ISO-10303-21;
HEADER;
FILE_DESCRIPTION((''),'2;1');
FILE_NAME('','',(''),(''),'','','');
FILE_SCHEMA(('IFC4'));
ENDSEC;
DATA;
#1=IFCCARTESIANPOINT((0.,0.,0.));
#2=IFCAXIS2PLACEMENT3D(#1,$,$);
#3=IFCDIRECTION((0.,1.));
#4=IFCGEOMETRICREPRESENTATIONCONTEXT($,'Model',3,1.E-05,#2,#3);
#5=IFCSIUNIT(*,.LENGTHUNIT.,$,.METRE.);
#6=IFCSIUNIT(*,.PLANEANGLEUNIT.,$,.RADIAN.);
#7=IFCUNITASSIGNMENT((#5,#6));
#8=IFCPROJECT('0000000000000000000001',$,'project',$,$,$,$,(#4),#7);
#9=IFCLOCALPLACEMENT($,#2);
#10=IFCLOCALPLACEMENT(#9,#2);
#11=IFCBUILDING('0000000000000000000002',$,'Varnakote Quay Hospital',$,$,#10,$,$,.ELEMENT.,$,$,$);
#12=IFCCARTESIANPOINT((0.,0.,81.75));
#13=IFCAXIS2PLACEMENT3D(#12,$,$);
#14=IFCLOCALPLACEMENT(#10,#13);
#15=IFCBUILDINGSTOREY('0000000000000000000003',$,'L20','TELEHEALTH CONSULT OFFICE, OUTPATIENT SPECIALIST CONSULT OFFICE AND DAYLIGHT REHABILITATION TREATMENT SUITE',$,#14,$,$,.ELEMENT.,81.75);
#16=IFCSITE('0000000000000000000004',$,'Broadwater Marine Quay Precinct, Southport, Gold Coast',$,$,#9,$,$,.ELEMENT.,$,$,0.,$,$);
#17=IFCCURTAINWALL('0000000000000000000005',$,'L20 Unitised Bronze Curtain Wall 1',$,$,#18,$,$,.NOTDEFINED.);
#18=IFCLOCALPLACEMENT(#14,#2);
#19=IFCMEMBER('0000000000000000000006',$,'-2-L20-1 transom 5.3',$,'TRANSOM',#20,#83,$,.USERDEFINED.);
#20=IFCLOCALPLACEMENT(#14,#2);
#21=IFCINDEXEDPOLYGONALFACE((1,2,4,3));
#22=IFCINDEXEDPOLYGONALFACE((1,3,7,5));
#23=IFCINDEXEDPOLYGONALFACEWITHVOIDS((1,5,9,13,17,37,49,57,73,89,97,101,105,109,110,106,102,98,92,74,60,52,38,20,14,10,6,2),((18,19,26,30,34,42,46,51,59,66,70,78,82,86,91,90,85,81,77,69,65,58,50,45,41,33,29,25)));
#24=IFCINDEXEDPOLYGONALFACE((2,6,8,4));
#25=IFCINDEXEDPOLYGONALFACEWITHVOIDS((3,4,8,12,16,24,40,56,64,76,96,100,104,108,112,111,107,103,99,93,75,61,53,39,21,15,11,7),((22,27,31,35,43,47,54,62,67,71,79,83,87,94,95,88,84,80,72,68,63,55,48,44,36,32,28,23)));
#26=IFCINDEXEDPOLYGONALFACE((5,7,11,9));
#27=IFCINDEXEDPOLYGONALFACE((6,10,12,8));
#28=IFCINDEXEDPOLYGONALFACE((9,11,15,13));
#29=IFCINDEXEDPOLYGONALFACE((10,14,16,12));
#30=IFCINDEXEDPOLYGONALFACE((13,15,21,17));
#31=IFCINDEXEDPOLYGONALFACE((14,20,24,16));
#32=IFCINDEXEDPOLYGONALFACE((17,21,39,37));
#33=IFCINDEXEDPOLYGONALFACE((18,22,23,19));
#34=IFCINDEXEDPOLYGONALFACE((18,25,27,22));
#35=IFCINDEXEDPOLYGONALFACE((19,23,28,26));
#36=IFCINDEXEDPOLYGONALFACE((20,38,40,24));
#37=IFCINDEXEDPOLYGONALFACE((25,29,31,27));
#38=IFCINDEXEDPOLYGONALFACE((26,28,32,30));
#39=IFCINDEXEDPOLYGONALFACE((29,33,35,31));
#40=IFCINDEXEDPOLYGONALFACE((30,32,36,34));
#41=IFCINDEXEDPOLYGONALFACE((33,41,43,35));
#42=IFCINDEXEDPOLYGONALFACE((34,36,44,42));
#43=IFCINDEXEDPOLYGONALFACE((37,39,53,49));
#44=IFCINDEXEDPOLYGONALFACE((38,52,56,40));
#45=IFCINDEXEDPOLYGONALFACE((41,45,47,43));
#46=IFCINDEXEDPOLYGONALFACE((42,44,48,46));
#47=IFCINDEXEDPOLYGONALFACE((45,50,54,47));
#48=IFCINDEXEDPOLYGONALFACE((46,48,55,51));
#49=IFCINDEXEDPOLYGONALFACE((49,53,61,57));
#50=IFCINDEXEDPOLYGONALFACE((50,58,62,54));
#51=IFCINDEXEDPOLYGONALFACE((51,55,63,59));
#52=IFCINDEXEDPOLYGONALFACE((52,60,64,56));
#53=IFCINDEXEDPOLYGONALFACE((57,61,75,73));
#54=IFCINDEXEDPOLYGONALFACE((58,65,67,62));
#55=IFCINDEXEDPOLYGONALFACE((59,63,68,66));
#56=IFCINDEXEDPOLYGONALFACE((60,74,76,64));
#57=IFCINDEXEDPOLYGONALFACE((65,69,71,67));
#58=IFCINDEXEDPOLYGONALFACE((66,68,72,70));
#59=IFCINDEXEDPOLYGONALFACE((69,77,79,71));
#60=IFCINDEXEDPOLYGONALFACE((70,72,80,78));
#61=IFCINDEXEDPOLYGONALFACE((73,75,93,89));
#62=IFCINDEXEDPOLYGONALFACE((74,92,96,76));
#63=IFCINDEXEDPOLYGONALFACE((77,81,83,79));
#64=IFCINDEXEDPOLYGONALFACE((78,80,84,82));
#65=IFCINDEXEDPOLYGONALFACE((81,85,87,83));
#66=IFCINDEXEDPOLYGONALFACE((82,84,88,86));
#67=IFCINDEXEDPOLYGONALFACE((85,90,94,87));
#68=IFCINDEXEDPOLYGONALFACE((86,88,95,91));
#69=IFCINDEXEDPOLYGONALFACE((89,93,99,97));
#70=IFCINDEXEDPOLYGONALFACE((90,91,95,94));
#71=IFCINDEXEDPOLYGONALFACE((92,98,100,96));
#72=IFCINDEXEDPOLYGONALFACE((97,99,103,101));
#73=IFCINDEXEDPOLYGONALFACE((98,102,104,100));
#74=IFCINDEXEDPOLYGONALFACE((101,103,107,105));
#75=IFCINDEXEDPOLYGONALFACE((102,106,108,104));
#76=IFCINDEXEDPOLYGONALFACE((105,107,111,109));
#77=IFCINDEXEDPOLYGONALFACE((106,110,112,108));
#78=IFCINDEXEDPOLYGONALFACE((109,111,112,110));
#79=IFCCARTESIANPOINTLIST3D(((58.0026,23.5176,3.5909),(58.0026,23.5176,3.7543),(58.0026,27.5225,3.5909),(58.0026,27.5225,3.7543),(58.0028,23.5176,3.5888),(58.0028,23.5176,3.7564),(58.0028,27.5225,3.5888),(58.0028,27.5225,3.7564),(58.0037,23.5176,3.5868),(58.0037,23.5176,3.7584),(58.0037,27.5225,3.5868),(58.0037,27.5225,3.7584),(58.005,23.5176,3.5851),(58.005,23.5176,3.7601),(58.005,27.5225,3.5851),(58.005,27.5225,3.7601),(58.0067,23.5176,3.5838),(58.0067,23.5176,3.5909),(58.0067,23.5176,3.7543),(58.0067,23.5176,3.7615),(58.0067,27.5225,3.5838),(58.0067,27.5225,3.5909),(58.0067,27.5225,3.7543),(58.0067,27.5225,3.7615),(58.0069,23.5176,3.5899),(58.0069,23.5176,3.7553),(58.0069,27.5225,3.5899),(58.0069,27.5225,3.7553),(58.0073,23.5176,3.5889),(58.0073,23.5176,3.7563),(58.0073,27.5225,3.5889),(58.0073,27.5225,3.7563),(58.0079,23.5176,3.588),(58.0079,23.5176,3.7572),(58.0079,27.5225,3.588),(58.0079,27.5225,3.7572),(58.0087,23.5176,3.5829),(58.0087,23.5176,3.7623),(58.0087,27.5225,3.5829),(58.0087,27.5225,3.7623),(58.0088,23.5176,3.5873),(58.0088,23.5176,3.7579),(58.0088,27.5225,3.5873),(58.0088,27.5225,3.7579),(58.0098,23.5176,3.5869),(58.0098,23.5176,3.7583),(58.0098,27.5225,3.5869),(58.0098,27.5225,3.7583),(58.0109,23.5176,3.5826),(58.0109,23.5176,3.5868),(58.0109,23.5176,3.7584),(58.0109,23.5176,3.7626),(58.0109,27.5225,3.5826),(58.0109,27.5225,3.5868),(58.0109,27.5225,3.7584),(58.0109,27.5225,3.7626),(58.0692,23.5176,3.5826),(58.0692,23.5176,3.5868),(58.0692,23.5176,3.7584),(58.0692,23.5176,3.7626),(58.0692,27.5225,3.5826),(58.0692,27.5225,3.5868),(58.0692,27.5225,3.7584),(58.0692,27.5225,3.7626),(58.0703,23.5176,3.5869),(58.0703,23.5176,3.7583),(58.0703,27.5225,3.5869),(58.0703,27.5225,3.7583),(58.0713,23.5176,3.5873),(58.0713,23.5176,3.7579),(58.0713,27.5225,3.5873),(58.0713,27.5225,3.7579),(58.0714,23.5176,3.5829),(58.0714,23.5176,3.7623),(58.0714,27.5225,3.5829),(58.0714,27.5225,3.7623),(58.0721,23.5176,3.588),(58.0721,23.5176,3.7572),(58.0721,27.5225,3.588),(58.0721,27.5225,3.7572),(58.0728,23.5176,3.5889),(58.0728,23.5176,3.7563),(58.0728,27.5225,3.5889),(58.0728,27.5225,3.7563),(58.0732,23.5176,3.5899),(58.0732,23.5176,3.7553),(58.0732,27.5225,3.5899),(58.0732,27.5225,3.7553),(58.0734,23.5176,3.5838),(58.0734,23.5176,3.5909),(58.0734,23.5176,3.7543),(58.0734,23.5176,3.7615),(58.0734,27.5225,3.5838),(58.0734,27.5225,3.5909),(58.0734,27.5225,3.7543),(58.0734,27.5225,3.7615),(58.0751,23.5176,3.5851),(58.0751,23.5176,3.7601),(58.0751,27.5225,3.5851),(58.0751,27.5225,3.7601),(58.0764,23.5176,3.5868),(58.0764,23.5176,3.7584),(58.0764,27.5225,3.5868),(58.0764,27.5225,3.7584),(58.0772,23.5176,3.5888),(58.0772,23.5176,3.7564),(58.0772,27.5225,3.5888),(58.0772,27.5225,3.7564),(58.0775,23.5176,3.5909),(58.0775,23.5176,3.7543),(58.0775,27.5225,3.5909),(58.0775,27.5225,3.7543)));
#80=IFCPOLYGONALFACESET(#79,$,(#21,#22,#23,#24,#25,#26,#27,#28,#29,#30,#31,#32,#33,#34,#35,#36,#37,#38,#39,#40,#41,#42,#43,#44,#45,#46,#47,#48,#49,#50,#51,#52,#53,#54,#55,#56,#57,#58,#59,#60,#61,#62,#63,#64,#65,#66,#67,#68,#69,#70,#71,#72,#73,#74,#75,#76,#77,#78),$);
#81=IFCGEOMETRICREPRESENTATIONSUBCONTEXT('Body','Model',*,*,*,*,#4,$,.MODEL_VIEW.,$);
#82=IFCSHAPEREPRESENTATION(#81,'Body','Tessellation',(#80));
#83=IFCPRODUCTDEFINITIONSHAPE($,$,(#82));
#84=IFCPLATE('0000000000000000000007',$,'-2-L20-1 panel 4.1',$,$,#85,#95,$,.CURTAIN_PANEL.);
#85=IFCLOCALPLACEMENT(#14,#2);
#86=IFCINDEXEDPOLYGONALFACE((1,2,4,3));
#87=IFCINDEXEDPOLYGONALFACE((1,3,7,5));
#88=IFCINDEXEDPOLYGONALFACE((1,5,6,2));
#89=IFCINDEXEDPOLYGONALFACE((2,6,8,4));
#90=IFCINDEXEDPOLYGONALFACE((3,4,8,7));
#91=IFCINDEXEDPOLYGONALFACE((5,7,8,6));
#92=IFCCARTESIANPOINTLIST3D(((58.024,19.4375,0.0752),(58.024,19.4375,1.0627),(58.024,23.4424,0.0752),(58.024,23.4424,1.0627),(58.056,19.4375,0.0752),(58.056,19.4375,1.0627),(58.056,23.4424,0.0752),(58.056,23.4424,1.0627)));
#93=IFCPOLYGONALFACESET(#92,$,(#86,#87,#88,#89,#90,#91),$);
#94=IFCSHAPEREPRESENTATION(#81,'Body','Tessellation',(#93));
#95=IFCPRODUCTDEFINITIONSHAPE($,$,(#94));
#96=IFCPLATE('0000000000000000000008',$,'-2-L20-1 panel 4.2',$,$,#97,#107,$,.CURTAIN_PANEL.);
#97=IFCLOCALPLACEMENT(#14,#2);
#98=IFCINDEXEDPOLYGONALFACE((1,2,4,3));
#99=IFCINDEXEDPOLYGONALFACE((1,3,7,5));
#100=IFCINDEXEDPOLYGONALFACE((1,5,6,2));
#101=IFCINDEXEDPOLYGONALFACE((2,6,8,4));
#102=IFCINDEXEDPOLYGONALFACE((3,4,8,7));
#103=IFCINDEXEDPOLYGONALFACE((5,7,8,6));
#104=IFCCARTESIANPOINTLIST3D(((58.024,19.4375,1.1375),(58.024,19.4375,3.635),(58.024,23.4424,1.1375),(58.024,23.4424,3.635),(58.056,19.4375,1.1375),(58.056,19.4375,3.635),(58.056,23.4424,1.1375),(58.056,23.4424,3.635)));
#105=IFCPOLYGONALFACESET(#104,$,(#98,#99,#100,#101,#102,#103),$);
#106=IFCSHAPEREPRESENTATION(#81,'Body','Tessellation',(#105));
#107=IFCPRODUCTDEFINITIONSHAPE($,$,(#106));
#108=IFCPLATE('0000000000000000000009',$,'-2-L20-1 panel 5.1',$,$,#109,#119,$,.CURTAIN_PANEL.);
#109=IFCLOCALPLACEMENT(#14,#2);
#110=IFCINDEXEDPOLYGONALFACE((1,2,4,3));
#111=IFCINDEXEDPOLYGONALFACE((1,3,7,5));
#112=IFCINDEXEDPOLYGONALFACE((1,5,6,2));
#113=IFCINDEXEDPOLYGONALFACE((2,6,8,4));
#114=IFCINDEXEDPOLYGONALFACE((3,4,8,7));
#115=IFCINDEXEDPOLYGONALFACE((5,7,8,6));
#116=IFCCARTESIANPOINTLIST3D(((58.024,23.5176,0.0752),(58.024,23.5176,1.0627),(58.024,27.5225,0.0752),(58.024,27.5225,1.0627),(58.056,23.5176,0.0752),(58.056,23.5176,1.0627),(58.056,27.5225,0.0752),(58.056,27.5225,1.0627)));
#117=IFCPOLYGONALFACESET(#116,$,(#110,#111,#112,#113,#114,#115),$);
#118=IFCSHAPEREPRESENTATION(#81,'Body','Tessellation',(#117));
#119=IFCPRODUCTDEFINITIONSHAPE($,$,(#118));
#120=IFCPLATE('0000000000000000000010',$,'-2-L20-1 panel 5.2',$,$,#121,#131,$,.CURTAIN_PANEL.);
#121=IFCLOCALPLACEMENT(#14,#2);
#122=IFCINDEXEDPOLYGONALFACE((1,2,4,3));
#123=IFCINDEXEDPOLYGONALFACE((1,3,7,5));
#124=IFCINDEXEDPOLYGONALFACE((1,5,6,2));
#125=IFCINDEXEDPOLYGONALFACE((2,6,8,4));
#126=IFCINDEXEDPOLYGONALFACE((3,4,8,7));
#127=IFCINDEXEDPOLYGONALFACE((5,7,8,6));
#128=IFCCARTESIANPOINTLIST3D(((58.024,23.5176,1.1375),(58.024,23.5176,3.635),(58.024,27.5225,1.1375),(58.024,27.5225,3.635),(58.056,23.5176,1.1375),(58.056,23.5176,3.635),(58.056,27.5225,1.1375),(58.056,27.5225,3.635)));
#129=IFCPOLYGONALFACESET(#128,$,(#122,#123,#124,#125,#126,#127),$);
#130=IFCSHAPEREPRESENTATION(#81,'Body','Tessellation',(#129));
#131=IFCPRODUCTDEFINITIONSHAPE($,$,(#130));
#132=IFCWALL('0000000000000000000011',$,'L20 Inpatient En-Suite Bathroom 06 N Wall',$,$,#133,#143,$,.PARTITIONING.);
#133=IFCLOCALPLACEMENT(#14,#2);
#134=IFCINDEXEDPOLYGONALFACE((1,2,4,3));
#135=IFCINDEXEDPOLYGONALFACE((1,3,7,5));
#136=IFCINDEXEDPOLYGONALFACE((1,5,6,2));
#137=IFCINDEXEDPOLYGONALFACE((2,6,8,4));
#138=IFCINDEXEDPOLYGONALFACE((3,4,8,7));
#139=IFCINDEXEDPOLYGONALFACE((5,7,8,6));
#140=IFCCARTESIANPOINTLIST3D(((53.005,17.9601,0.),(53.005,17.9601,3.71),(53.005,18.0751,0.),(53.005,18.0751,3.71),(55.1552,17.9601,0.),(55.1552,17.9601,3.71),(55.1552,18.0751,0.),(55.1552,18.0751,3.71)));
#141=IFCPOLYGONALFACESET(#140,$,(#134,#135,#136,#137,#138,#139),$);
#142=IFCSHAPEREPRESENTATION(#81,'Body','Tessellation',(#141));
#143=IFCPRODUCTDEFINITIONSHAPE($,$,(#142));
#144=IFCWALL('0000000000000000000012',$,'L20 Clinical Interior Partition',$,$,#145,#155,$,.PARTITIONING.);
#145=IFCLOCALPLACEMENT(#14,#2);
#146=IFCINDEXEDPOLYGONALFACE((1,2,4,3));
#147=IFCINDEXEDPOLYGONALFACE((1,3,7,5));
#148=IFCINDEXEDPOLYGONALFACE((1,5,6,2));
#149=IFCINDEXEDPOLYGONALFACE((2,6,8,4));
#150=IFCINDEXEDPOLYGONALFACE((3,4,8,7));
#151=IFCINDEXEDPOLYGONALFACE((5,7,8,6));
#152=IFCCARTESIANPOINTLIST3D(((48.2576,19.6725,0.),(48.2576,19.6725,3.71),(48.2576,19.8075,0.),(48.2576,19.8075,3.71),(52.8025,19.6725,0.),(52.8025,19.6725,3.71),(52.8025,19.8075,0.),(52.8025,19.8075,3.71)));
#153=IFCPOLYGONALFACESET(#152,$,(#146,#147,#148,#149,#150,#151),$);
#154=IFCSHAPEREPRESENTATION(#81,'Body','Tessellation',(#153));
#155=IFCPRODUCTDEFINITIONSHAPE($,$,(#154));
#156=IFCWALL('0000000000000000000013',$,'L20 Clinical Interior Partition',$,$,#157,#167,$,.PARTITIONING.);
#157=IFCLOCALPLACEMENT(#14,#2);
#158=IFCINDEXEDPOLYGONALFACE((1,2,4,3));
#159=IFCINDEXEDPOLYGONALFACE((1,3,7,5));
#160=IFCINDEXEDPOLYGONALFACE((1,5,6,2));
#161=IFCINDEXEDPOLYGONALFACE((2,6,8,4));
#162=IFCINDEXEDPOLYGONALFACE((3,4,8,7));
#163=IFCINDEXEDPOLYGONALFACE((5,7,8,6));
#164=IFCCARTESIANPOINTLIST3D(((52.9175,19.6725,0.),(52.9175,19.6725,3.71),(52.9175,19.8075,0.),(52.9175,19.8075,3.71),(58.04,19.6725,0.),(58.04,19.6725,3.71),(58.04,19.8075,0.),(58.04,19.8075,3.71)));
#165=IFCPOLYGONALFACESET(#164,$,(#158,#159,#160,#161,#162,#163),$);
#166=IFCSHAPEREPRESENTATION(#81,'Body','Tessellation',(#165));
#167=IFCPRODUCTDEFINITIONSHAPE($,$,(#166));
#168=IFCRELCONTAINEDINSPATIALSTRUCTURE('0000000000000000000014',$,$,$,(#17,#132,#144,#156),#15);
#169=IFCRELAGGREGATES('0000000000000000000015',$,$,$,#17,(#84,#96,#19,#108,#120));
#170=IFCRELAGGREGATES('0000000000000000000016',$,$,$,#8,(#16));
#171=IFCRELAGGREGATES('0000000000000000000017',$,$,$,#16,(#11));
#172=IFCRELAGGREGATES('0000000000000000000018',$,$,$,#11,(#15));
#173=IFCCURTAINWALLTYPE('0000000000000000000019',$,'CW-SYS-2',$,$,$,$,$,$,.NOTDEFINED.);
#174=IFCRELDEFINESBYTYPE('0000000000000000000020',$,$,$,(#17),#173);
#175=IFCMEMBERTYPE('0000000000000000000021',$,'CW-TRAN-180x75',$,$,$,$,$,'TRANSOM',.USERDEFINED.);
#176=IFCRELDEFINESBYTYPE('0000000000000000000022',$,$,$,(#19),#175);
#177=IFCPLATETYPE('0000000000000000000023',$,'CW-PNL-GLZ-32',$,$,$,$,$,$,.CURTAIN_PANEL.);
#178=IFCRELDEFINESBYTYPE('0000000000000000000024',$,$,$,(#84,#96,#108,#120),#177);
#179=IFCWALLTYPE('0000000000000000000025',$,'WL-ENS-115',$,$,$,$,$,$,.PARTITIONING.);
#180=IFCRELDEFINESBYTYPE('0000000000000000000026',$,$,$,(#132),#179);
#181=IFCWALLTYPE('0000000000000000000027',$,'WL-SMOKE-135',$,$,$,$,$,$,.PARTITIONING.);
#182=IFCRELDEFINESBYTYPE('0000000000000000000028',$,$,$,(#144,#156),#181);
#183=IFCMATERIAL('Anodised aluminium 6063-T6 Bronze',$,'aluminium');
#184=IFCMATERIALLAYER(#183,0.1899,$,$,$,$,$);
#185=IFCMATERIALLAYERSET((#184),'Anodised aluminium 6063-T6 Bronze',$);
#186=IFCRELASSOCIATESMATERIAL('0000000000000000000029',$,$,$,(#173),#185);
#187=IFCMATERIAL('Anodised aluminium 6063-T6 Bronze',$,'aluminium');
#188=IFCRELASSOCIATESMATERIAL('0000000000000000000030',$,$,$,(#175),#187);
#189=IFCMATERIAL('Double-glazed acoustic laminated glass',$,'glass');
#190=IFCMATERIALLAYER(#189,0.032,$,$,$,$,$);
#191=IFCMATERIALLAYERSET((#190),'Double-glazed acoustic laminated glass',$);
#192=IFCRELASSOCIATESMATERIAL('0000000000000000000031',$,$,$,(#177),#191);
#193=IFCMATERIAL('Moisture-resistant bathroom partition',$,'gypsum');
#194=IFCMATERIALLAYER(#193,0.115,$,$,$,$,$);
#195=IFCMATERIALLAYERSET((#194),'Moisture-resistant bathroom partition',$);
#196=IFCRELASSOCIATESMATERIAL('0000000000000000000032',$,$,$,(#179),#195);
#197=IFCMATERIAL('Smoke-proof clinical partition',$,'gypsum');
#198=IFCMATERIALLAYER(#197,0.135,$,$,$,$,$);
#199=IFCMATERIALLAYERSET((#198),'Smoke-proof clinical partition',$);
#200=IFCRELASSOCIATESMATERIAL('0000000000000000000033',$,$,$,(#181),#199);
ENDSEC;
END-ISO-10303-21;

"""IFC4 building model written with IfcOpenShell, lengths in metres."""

from ifc_helpers import new_model, si_unit, direction, frame, frame_2d, origin, origin_2d, place, context, subcontext, project, spatial, rectangle, hollow_rectangle, extrude, material, layer, layer_set, material_profile, profile_set, type_object, element, aggregate, save


model = new_model("IFC4")

# Units and contexts
model_context = context("Model", 3, precision=1e-05, world=origin(), true_north=direction((0.0, 1.0)))
body_context = subcontext(model_context, "Body", "Model", "MODEL_VIEW")
ifc_project = project(units=[si_unit("LENGTHUNIT", "METRE"), si_unit("PLANEANGLEUNIT", "RADIAN")], contexts=[model_context])

# Site, building, storey
site_placement = place(None, origin())
site = spatial("IfcSite", under=ifc_project, at=site_placement, Name="Broadwater Marine Quay Precinct, Southport, Gold Coast", CompositionType="ELEMENT", RefElevation=0.0)
building_placement = place(site_placement, origin())
building = spatial("IfcBuilding", under=site, at=building_placement, Name="Varnakote Quay Hospital", CompositionType="ELEMENT")
storey_placement = place(building_placement, frame((0.0, 0.0, 81.75)))
storey = spatial("IfcBuildingStorey", under=building, at=storey_placement, Name="L20", Description="TELEHEALTH CONSULT OFFICE, OUTPATIENT SPECIALIST CONSULT OFFICE AND DAYLIGHT REHABILITATION TREATMENT SUITE", CompositionType="ELEMENT", Elevation=81.75)

# Curtain wall, member, plates
ifc_material_1 = material(Name="Anodised aluminium 6063-T6 Bronze", Category="aluminium")
ifc_layer_1 = layer(ifc_material_1, 0.1899)
ifc_layer_set_1 = layer_set([ifc_layer_1], Name="Anodised aluminium 6063-T6 Bronze")
curtain_wall_type = type_object("IfcCurtainWallType", Name="CW-SYS-2", PredefinedType="NOTDEFINED", material=ifc_layer_set_1)
curtain_wall_placement = place(storey_placement, origin())
curtain_wall = element("IfcCurtainWall", 1, at=curtain_wall_placement, inside=storey, type_object=curtain_wall_type, Name="L20 Unitised Bronze Curtain Wall 1", PredefinedType="NOTDEFINED")
ifc_material_2 = material(Name="Anodised aluminium 6063-T6 Bronze", Category="aluminium")
ifc_material_profile_1 = material_profile(ifc_material_2, hollow_rectangle(XDim=0.075, YDim=0.1799, WallThickness=0.0042, InnerFilletRadius=0.0042, OuterFilletRadius=0.0083, at=origin_2d()), Name="CW-TRAN-180x75")
ifc_profile_set_1 = profile_set([ifc_material_profile_1], Name="Anodised aluminium 6063-T6 Bronze")
member_type_1 = type_object("IfcMemberType", Name="CW-TRAN-180x75", ElementType="TRANSOM", PredefinedType="USERDEFINED", material=ifc_profile_set_1)
member_1_placement = place(storey_placement, frame((58.04, 23.5176, 3.6726), z_axis=(0.0, 1.0, 0.0), x_axis=(-1.0, 0.0, 0.0)))
member_1 = element("IfcMember", 2, at=member_1_placement, type_object=member_type_1, Name="-2-L20-1 transom 5.3", ObjectType="TRANSOM", PredefinedType="USERDEFINED", context=body_context, shape_type="SweptSolid", body=[
    extrude(hollow_rectangle(XDim=0.075, YDim=0.1799, WallThickness=0.0042, InnerFilletRadius=0.0042, OuterFilletRadius=0.0083, at=origin_2d()), origin(), (0.0, 0.0, 1.0), 4.0049),
])
ifc_material_3 = material(Name="Double-glazed acoustic laminated glass", Category="glass")
ifc_layer_2 = layer(ifc_material_3, 0.032)
ifc_layer_set_2 = layer_set([ifc_layer_2], Name="Double-glazed acoustic laminated glass")
plate_type = type_object("IfcPlateType", Name="CW-PNL-GLZ-32", PredefinedType="CURTAIN_PANEL", material=ifc_layer_set_2)
plate_1_placement = place(storey_placement, frame((58.04, 21.4399, 0.0752), z_axis=(0.0, 0.0, 1.0), x_axis=(0.0, 1.0, 0.0)))
plate_1 = element("IfcPlate", 3, at=plate_1_placement, type_object=plate_type, Name="-2-L20-1 panel 4.1", PredefinedType="CURTAIN_PANEL", context=body_context, shape_type="SweptSolid", body=[
    extrude(rectangle(XDim=4.0049, YDim=0.032, at=origin_2d()), origin(), (0.0, 0.0, 1.0), 0.9875),
])
plate_2_placement = place(storey_placement, frame((58.04, 21.4399, 1.1375), z_axis=(0.0, 0.0, 1.0), x_axis=(0.0, 1.0, 0.0)))
plate_2 = element("IfcPlate", 4, at=plate_2_placement, type_object=plate_type, Name="-2-L20-1 panel 4.2", PredefinedType="CURTAIN_PANEL", context=body_context, shape_type="SweptSolid", body=[
    extrude(rectangle(XDim=4.0049, YDim=0.032, at=origin_2d()), origin(), (0.0, 0.0, 1.0), 2.4976),
])
plate_3_placement = place(storey_placement, frame((58.04, 25.52, 0.0752), z_axis=(0.0, 0.0, 1.0), x_axis=(0.0, 1.0, 0.0)))
plate_3 = element("IfcPlate", 5, at=plate_3_placement, type_object=plate_type, Name="-2-L20-1 panel 5.1", PredefinedType="CURTAIN_PANEL", context=body_context, shape_type="SweptSolid", body=[
    extrude(rectangle(XDim=4.0049, YDim=0.032, at=origin_2d()), origin(), (0.0, 0.0, 1.0), 0.9875),
])
plate_4_placement = place(storey_placement, frame((58.04, 25.52, 1.1375), z_axis=(0.0, 0.0, 1.0), x_axis=(0.0, 1.0, 0.0)))
plate_4 = element("IfcPlate", 6, at=plate_4_placement, type_object=plate_type, Name="-2-L20-1 panel 5.2", PredefinedType="CURTAIN_PANEL", context=body_context, shape_type="SweptSolid", body=[
    extrude(rectangle(XDim=4.0049, YDim=0.032, at=origin_2d()), origin(), (0.0, 0.0, 1.0), 2.4976),
])
aggregate(curtain_wall, [plate_1, plate_2, member_1, plate_3, plate_4])

# Walls
ifc_material_4 = material(Name="Moisture-resistant bathroom partition", Category="gypsum")
ifc_layer_3 = layer(ifc_material_4, 0.115)
ifc_layer_set_3 = layer_set([ifc_layer_3], Name="Moisture-resistant bathroom partition")
wall_type_1 = type_object("IfcWallType", Name="WL-ENS-115", PredefinedType="PARTITIONING", material=ifc_layer_set_3)
wall_1_placement = place(storey_placement, frame((53.0049, 18.0176, 0.0), z_axis=(0.0, 0.0, 1.0), x_axis=(1.0, 0.0, 0.0)))
element("IfcWall", 7, at=wall_1_placement, inside=storey, type_object=wall_type_1, Name="L20 Inpatient En-Suite Bathroom 06 N Wall", PredefinedType="PARTITIONING", context=body_context, shape_type="SweptSolid", body=[
    extrude(rectangle(XDim=2.1501, YDim=0.115, at=frame_2d((1.0752, 0.0))), origin(), (0.0, 0.0, 1.0), 3.71),
])
ifc_material_5 = material(Name="Smoke-proof clinical partition", Category="gypsum")
ifc_layer_4 = layer(ifc_material_5, 0.135)
ifc_layer_set_4 = layer_set([ifc_layer_4], Name="Smoke-proof clinical partition")
wall_type_2 = type_object("IfcWallType", Name="WL-SMOKE-135", PredefinedType="PARTITIONING", material=ifc_layer_set_4)
wall_2_placement = place(storey_placement, frame((52.8025, 19.74, 0.0), z_axis=(0.0, 0.0, 1.0), x_axis=(-1.0, 0.0, 0.0)))
element("IfcWall", 8, at=wall_2_placement, inside=storey, type_object=wall_type_2, Name="L20 Clinical Interior Partition", PredefinedType="PARTITIONING", context=body_context, shape_type="SweptSolid", body=[
    extrude(rectangle(XDim=4.5449, YDim=0.135, at=frame_2d((2.2725, 0.0))), origin(), (0.0, 0.0, 1.0), 3.71),
])
wall_3_placement = place(storey_placement, frame((58.04, 19.74, 0.0), z_axis=(0.0, 0.0, 1.0), x_axis=(-1.0, 0.0, 0.0)))
element("IfcWall", 9, at=wall_3_placement, inside=storey, type_object=wall_type_2, Name="L20 Clinical Interior Partition", PredefinedType="PARTITIONING", context=body_context, shape_type="SweptSolid", body=[
    extrude(rectangle(XDim=5.1226, YDim=0.135, at=frame_2d((2.5613, 0.0))), origin(), (0.0, 0.0, 1.0), 3.71),
])

save(model, "model.ifc")
